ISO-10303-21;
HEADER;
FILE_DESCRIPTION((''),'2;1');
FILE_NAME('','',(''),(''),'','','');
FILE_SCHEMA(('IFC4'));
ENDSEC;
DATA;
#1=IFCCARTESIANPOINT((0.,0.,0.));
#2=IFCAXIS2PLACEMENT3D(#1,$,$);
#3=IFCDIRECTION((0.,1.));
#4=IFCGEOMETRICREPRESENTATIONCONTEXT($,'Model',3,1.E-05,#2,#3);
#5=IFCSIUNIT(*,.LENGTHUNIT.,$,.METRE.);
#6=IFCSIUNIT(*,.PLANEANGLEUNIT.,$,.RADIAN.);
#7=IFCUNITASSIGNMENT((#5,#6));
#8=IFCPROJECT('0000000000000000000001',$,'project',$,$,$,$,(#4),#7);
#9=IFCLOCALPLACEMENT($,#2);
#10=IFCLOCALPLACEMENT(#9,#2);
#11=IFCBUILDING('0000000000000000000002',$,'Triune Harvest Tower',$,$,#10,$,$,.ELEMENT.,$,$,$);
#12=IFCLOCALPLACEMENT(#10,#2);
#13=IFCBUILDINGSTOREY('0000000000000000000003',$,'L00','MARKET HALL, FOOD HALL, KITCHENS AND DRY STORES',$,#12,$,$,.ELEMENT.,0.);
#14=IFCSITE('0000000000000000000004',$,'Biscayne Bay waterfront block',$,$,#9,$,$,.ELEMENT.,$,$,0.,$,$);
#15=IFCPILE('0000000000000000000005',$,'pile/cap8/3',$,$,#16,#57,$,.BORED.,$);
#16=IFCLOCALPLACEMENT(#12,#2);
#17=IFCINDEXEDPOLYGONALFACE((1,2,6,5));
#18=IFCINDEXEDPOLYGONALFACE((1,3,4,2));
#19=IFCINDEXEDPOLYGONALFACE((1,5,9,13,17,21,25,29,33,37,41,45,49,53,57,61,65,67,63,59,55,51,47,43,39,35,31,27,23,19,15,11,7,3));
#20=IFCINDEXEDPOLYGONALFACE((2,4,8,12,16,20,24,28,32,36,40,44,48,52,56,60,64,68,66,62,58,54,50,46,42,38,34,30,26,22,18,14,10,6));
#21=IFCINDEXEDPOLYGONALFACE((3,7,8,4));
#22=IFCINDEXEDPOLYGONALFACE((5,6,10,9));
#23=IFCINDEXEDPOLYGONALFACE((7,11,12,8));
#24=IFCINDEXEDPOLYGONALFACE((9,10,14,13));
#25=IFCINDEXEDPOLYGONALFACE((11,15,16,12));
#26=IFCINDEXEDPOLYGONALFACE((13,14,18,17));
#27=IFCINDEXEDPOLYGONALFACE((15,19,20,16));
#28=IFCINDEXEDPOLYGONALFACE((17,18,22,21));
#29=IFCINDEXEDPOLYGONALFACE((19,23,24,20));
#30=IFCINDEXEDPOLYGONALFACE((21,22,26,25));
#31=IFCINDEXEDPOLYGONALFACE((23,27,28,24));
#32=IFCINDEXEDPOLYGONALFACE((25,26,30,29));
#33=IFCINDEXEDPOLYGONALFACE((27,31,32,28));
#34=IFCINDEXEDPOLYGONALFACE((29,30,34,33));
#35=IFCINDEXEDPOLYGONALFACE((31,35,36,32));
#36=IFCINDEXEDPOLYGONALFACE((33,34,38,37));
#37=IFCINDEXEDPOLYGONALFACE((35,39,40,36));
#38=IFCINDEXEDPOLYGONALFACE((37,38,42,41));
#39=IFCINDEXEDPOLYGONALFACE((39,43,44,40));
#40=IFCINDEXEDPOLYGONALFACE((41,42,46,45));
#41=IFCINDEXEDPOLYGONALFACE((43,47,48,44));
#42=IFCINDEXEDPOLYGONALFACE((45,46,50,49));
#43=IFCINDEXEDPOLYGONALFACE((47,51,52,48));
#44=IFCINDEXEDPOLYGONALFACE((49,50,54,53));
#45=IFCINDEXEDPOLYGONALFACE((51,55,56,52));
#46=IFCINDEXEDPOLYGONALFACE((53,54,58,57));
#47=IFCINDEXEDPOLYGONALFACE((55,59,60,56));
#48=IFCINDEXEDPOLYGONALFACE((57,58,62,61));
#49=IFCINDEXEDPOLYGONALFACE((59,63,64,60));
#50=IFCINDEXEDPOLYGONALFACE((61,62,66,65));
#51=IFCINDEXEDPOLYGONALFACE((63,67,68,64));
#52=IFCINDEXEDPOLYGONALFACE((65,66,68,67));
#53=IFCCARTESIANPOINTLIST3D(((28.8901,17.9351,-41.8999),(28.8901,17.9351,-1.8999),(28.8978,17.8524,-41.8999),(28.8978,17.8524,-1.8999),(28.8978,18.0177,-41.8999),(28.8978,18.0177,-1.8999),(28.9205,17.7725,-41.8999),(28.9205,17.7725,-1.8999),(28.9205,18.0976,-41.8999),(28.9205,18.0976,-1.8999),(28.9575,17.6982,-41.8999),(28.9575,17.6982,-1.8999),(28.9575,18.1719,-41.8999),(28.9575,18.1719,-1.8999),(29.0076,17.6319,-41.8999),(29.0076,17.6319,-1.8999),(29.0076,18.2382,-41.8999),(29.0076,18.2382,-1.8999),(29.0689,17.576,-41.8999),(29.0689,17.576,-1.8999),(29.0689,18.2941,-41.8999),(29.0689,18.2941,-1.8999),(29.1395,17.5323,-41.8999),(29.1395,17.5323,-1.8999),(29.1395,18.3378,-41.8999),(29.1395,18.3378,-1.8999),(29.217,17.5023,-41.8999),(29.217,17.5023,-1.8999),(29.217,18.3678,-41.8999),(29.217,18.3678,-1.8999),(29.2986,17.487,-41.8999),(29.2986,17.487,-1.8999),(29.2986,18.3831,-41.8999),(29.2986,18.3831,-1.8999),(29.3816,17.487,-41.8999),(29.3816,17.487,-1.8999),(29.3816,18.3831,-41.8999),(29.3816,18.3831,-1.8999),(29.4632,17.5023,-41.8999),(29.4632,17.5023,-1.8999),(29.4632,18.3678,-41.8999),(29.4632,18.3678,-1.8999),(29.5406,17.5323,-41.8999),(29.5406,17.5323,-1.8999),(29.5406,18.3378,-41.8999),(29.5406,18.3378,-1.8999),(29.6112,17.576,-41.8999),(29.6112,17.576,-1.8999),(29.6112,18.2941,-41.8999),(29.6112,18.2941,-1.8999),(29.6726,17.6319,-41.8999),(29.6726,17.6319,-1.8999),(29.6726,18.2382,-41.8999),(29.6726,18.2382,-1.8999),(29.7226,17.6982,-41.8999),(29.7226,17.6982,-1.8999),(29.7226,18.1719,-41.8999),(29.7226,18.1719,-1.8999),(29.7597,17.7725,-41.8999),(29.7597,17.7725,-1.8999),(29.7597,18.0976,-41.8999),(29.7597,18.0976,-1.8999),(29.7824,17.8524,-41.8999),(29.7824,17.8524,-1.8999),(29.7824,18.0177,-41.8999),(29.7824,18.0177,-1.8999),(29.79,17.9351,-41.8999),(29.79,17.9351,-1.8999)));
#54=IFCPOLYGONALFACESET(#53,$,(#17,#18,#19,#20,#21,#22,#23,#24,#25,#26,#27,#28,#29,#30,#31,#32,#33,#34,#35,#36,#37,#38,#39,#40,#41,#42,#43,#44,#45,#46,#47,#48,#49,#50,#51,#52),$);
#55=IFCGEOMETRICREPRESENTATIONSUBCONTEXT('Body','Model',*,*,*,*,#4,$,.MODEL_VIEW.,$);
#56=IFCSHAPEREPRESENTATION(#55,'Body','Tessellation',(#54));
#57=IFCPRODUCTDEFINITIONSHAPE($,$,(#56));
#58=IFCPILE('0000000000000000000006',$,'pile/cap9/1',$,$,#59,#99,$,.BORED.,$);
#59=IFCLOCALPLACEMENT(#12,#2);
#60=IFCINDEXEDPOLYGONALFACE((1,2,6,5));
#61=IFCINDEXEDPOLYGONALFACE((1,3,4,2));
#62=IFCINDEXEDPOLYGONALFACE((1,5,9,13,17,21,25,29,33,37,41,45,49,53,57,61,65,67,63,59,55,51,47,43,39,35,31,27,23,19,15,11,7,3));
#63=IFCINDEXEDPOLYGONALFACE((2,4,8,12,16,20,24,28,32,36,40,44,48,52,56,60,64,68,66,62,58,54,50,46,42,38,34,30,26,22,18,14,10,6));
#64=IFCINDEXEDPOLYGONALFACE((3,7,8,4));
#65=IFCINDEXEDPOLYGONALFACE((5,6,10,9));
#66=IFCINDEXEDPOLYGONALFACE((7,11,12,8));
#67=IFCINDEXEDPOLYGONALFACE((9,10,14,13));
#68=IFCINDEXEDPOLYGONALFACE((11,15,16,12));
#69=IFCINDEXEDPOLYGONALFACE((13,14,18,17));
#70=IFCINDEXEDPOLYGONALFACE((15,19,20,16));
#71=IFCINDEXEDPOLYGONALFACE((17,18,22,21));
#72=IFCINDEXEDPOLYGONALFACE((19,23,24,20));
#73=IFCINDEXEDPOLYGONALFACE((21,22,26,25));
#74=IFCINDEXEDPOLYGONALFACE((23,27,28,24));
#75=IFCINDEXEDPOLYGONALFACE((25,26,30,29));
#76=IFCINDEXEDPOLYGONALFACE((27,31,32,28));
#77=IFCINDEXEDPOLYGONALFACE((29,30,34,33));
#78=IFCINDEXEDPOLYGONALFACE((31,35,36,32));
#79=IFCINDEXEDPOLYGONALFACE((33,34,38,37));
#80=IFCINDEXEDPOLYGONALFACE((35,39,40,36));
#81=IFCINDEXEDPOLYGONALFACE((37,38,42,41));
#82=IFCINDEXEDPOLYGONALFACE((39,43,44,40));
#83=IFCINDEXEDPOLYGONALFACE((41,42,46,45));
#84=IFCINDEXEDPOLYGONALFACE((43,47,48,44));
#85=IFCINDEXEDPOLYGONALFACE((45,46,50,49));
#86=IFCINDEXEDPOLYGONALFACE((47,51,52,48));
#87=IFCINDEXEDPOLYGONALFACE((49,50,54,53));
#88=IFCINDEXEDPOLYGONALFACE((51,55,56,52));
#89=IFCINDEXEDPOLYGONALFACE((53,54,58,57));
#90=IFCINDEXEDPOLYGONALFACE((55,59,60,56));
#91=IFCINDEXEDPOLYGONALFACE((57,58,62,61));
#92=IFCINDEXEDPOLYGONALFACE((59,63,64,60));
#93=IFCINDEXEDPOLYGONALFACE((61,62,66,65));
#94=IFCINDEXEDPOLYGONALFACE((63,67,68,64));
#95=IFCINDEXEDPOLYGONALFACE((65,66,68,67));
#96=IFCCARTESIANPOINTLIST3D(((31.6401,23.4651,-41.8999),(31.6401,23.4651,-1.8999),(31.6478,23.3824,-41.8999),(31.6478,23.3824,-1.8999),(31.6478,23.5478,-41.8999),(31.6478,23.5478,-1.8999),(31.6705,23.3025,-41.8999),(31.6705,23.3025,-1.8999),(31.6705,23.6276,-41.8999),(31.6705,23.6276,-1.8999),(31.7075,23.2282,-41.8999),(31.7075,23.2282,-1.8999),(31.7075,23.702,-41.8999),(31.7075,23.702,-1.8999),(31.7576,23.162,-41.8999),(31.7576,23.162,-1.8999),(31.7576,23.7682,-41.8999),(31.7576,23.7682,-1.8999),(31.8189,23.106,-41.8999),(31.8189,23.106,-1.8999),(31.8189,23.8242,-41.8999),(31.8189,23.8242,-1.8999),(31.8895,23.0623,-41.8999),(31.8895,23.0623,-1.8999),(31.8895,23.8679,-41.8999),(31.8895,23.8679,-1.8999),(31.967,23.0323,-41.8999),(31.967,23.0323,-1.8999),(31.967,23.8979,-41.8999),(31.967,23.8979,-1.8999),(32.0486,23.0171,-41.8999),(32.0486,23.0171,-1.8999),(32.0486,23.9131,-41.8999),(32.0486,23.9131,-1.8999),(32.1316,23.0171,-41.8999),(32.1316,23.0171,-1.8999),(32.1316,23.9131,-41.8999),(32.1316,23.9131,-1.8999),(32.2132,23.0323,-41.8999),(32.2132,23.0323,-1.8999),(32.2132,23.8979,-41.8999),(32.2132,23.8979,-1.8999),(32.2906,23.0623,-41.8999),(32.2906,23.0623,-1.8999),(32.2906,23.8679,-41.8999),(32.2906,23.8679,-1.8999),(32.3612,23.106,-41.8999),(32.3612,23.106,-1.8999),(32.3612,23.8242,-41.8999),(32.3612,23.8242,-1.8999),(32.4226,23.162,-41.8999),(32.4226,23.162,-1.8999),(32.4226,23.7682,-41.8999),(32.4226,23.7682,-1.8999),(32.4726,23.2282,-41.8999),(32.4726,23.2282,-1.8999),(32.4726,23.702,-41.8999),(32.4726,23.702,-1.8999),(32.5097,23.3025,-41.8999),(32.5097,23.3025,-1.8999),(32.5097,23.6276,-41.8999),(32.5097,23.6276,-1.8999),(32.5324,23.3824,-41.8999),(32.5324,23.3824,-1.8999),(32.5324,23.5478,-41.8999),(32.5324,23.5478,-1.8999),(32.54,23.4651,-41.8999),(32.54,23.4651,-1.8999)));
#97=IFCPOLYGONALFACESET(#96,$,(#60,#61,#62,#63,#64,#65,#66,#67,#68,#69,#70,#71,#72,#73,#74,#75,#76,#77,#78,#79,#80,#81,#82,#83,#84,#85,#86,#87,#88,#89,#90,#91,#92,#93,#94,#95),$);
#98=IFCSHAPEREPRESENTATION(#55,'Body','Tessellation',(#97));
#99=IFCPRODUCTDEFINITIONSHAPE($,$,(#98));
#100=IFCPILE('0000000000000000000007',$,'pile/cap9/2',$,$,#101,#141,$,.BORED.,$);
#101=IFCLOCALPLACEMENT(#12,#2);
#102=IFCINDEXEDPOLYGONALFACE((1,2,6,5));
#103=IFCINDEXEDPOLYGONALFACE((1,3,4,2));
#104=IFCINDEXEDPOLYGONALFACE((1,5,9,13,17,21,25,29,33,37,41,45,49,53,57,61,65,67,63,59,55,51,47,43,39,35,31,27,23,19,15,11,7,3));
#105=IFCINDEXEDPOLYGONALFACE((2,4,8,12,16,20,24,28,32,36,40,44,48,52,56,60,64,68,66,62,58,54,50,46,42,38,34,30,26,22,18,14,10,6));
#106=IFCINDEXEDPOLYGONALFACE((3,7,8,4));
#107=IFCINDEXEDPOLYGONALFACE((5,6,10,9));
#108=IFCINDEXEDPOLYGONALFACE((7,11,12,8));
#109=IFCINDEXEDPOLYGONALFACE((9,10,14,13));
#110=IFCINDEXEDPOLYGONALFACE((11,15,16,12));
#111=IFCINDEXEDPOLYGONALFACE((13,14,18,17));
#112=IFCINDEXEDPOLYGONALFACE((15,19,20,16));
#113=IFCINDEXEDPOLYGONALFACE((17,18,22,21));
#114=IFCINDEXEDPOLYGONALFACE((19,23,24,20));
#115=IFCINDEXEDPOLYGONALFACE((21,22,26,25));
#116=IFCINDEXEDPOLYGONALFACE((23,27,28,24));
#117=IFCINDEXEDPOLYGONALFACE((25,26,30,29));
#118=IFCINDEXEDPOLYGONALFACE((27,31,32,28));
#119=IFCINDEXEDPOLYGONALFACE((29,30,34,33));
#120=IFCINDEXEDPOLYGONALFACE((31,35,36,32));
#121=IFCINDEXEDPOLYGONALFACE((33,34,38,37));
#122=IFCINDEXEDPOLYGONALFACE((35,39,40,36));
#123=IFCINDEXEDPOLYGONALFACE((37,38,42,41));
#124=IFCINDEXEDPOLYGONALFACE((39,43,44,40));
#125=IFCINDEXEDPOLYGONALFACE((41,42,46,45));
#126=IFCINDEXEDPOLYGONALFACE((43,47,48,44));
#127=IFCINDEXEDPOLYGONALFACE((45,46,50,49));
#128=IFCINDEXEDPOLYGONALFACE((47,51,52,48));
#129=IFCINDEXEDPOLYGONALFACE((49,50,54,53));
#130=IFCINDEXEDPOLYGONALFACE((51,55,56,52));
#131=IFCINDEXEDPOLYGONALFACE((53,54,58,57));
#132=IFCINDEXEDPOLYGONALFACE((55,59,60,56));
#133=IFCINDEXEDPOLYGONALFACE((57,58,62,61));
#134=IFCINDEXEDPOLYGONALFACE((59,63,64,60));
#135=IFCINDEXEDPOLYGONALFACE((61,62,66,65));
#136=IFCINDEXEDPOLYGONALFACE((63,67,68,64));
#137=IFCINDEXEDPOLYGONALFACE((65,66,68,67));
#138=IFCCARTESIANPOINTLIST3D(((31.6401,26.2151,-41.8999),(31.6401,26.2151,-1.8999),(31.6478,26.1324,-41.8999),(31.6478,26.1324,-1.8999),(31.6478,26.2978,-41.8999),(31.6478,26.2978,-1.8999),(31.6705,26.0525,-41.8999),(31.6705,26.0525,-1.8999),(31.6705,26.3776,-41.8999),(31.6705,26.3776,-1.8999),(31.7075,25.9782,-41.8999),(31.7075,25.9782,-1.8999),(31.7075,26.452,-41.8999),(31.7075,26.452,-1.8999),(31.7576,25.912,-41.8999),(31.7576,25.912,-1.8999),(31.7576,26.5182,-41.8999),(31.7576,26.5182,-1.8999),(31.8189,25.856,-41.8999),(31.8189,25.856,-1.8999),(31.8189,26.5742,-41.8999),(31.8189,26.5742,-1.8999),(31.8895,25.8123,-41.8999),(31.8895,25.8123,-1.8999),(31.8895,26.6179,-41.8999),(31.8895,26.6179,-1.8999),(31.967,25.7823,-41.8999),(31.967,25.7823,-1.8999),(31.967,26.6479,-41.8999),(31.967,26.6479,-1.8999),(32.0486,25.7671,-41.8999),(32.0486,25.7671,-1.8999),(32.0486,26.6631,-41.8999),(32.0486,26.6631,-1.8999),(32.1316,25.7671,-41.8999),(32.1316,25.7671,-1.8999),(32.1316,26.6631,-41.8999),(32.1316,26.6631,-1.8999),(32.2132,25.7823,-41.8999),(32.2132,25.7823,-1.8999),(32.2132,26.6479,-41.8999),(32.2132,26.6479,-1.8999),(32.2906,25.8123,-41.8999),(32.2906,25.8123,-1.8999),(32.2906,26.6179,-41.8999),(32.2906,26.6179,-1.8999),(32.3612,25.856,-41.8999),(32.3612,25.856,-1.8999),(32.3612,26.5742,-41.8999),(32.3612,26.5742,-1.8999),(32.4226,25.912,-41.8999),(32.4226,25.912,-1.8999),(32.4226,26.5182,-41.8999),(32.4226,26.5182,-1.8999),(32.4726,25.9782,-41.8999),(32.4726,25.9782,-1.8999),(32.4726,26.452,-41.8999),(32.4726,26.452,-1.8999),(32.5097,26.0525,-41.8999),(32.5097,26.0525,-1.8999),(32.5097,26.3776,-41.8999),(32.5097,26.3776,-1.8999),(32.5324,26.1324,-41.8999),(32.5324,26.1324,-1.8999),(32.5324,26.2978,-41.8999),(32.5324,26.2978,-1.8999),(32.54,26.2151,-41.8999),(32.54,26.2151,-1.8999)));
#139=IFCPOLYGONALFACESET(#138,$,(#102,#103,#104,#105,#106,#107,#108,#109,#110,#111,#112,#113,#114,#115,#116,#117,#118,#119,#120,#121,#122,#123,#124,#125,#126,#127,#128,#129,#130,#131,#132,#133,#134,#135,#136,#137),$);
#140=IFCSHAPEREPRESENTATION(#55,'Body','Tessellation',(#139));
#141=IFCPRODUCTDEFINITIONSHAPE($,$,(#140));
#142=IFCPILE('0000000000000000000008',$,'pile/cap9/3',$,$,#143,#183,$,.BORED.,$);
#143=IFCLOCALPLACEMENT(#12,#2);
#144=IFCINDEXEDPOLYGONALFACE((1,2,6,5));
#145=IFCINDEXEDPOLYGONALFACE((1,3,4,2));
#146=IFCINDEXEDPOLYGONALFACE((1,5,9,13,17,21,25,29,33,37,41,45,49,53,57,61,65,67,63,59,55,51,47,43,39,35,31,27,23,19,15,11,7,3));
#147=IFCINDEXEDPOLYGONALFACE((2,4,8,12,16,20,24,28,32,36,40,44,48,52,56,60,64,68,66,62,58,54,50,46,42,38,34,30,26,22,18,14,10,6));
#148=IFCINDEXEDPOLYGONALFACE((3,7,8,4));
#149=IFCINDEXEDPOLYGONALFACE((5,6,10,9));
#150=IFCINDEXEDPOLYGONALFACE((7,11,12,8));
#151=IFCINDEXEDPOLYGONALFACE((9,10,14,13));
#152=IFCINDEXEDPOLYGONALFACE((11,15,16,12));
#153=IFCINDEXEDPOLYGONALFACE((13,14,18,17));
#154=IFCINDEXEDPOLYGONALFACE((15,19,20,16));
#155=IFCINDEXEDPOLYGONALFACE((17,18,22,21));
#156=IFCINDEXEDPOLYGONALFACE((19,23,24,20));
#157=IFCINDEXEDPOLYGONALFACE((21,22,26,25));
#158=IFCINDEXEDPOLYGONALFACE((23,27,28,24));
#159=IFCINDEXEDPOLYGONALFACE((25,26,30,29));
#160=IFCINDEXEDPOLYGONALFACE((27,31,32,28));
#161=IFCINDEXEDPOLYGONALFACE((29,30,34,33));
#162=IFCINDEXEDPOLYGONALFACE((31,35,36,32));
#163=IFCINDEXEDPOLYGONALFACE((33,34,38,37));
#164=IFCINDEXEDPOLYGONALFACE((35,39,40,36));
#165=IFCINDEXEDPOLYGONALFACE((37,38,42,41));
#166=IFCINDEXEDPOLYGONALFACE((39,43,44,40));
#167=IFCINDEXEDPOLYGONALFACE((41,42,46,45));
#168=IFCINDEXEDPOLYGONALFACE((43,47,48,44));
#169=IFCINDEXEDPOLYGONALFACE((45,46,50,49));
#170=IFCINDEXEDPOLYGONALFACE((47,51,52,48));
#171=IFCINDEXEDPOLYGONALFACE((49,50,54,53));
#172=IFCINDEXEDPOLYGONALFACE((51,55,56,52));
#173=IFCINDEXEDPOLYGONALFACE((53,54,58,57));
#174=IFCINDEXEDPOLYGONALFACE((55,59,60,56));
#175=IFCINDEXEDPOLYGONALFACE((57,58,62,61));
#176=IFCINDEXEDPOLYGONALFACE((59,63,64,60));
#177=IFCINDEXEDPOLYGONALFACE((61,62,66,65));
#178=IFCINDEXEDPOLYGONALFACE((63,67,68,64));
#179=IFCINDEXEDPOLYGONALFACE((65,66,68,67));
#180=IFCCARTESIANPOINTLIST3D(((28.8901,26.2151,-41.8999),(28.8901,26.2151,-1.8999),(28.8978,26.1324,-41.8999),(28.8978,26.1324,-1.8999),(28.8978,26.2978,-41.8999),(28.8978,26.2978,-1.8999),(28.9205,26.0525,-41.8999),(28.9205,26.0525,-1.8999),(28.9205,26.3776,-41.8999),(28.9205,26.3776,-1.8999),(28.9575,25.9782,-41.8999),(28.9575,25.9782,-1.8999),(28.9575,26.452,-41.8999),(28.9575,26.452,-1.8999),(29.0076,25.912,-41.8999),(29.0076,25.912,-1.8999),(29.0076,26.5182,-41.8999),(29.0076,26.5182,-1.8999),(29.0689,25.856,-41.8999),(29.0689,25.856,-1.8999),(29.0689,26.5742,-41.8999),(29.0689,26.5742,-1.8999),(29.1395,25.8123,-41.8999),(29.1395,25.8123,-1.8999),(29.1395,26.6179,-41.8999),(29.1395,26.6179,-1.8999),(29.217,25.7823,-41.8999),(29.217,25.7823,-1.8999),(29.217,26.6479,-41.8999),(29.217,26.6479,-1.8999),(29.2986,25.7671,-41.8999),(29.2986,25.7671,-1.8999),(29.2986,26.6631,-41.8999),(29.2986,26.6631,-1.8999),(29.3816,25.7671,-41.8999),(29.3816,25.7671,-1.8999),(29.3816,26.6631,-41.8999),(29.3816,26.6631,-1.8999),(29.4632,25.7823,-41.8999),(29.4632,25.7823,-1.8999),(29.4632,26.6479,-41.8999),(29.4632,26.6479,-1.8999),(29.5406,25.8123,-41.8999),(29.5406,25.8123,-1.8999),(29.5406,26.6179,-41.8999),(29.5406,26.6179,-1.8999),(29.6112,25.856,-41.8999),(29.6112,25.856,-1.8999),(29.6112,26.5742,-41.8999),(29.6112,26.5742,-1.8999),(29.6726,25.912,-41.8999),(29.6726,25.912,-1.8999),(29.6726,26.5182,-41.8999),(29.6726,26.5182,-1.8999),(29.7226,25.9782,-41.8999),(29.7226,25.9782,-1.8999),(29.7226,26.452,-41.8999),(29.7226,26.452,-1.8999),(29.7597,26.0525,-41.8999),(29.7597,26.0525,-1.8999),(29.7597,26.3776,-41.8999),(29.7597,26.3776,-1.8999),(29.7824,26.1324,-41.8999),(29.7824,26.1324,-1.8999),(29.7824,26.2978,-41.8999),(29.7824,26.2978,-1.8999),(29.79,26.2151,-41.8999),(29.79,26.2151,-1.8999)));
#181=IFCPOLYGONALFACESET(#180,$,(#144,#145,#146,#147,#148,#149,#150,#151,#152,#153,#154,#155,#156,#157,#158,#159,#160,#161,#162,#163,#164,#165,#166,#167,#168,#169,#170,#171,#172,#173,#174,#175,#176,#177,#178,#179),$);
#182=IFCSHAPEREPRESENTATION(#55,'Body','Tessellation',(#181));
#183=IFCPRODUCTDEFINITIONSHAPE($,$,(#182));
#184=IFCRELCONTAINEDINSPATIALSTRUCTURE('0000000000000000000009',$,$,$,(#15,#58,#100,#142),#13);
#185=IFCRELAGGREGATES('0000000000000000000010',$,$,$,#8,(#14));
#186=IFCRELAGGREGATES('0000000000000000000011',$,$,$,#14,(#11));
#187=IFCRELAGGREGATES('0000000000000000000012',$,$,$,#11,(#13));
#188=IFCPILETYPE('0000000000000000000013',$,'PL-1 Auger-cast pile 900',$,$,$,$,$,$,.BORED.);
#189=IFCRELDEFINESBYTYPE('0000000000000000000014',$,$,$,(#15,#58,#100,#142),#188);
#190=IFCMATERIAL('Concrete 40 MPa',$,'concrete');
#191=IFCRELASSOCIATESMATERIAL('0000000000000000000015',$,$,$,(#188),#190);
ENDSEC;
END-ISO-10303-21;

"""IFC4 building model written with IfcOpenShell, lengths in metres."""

from ifc_helpers import new_model, si_unit, direction, frame, origin, origin_2d, place, context, subcontext, project, spatial, circle, extrude, source, transform, mapped, material, material_profile, profile_set, type_object, element, save


model = new_model("IFC4")

# Units and contexts
model_context = context("Model", 3, precision=1e-05, world=origin(), true_north=direction((0.0, 1.0)))
body_context = subcontext(model_context, "Body", "Model", "MODEL_VIEW")
ifc_project = project(units=[si_unit("LENGTHUNIT", "METRE"), si_unit("PLANEANGLEUNIT", "RADIAN")], contexts=[model_context])

# Site, building, storey
site_placement = place(None, origin())
site = spatial("IfcSite", under=ifc_project, at=site_placement, Name="Biscayne Bay waterfront block", CompositionType="ELEMENT", RefElevation=0.0)
building_placement = place(site_placement, origin())
building = spatial("IfcBuilding", under=site, at=building_placement, Name="Triune Harvest Tower", CompositionType="ELEMENT")
storey_placement = place(building_placement, origin())
storey = spatial("IfcBuildingStorey", under=building, at=storey_placement, Name="L00", Description="MARKET HALL, FOOD HALL, KITCHENS AND DRY STORES", CompositionType="ELEMENT", Elevation=0.0)

# Piles
ifc_material_1 = material(Name="Concrete 40 MPa", Category="concrete")
ifc_material_profile_1 = material_profile(ifc_material_1, circle(Radius=0.45, at=origin_2d()), Name="Bored 900")
ifc_profile_set_1 = profile_set([ifc_material_profile_1], Name="Concrete 40 MPa")
pile_type = type_object("IfcPileType", Name="PL-1 Auger-cast pile 900", PredefinedType="BORED", material=ifc_profile_set_1)
shared_shape_1 = source(origin(), body_context, "Body", "SweptSolid", [
    extrude(circle(Radius=0.45, at=origin_2d()), origin(), (0.0, 0.0, 1.0), 40.0),
])
for number, where, z_axis, x_axis, name in (
    (1, (29.3401, 17.9351, -1.8999), (0.0, 0.0, -1.0), (1.0, 0.0, 0.0), "pile/cap8/3"),
    (2, (32.0901, 23.4651, -1.8999), (0.0, 0.0, -1.0), (1.0, 0.0, 0.0), "pile/cap9/1"),
    (3, (32.0901, 26.2151, -1.8999), (0.0, 0.0, -1.0), (1.0, 0.0, 0.0), "pile/cap9/2"),
    (4, (29.3401, 26.2151, -1.8999), (0.0, 0.0, -1.0), (1.0, 0.0, 0.0), "pile/cap9/3"),
):
    element("IfcPile", number, at=place(storey_placement, frame(where, z_axis=z_axis, x_axis=x_axis)), inside=storey, type_object=pile_type, Name=name, PredefinedType="BORED", context=body_context, shape_type="MappedRepresentation", body=[
        mapped(shared_shape_1, transform((0.0, 0.0, 0.0), scale=1.0)),
    ])

save(model, "model.ifc")
